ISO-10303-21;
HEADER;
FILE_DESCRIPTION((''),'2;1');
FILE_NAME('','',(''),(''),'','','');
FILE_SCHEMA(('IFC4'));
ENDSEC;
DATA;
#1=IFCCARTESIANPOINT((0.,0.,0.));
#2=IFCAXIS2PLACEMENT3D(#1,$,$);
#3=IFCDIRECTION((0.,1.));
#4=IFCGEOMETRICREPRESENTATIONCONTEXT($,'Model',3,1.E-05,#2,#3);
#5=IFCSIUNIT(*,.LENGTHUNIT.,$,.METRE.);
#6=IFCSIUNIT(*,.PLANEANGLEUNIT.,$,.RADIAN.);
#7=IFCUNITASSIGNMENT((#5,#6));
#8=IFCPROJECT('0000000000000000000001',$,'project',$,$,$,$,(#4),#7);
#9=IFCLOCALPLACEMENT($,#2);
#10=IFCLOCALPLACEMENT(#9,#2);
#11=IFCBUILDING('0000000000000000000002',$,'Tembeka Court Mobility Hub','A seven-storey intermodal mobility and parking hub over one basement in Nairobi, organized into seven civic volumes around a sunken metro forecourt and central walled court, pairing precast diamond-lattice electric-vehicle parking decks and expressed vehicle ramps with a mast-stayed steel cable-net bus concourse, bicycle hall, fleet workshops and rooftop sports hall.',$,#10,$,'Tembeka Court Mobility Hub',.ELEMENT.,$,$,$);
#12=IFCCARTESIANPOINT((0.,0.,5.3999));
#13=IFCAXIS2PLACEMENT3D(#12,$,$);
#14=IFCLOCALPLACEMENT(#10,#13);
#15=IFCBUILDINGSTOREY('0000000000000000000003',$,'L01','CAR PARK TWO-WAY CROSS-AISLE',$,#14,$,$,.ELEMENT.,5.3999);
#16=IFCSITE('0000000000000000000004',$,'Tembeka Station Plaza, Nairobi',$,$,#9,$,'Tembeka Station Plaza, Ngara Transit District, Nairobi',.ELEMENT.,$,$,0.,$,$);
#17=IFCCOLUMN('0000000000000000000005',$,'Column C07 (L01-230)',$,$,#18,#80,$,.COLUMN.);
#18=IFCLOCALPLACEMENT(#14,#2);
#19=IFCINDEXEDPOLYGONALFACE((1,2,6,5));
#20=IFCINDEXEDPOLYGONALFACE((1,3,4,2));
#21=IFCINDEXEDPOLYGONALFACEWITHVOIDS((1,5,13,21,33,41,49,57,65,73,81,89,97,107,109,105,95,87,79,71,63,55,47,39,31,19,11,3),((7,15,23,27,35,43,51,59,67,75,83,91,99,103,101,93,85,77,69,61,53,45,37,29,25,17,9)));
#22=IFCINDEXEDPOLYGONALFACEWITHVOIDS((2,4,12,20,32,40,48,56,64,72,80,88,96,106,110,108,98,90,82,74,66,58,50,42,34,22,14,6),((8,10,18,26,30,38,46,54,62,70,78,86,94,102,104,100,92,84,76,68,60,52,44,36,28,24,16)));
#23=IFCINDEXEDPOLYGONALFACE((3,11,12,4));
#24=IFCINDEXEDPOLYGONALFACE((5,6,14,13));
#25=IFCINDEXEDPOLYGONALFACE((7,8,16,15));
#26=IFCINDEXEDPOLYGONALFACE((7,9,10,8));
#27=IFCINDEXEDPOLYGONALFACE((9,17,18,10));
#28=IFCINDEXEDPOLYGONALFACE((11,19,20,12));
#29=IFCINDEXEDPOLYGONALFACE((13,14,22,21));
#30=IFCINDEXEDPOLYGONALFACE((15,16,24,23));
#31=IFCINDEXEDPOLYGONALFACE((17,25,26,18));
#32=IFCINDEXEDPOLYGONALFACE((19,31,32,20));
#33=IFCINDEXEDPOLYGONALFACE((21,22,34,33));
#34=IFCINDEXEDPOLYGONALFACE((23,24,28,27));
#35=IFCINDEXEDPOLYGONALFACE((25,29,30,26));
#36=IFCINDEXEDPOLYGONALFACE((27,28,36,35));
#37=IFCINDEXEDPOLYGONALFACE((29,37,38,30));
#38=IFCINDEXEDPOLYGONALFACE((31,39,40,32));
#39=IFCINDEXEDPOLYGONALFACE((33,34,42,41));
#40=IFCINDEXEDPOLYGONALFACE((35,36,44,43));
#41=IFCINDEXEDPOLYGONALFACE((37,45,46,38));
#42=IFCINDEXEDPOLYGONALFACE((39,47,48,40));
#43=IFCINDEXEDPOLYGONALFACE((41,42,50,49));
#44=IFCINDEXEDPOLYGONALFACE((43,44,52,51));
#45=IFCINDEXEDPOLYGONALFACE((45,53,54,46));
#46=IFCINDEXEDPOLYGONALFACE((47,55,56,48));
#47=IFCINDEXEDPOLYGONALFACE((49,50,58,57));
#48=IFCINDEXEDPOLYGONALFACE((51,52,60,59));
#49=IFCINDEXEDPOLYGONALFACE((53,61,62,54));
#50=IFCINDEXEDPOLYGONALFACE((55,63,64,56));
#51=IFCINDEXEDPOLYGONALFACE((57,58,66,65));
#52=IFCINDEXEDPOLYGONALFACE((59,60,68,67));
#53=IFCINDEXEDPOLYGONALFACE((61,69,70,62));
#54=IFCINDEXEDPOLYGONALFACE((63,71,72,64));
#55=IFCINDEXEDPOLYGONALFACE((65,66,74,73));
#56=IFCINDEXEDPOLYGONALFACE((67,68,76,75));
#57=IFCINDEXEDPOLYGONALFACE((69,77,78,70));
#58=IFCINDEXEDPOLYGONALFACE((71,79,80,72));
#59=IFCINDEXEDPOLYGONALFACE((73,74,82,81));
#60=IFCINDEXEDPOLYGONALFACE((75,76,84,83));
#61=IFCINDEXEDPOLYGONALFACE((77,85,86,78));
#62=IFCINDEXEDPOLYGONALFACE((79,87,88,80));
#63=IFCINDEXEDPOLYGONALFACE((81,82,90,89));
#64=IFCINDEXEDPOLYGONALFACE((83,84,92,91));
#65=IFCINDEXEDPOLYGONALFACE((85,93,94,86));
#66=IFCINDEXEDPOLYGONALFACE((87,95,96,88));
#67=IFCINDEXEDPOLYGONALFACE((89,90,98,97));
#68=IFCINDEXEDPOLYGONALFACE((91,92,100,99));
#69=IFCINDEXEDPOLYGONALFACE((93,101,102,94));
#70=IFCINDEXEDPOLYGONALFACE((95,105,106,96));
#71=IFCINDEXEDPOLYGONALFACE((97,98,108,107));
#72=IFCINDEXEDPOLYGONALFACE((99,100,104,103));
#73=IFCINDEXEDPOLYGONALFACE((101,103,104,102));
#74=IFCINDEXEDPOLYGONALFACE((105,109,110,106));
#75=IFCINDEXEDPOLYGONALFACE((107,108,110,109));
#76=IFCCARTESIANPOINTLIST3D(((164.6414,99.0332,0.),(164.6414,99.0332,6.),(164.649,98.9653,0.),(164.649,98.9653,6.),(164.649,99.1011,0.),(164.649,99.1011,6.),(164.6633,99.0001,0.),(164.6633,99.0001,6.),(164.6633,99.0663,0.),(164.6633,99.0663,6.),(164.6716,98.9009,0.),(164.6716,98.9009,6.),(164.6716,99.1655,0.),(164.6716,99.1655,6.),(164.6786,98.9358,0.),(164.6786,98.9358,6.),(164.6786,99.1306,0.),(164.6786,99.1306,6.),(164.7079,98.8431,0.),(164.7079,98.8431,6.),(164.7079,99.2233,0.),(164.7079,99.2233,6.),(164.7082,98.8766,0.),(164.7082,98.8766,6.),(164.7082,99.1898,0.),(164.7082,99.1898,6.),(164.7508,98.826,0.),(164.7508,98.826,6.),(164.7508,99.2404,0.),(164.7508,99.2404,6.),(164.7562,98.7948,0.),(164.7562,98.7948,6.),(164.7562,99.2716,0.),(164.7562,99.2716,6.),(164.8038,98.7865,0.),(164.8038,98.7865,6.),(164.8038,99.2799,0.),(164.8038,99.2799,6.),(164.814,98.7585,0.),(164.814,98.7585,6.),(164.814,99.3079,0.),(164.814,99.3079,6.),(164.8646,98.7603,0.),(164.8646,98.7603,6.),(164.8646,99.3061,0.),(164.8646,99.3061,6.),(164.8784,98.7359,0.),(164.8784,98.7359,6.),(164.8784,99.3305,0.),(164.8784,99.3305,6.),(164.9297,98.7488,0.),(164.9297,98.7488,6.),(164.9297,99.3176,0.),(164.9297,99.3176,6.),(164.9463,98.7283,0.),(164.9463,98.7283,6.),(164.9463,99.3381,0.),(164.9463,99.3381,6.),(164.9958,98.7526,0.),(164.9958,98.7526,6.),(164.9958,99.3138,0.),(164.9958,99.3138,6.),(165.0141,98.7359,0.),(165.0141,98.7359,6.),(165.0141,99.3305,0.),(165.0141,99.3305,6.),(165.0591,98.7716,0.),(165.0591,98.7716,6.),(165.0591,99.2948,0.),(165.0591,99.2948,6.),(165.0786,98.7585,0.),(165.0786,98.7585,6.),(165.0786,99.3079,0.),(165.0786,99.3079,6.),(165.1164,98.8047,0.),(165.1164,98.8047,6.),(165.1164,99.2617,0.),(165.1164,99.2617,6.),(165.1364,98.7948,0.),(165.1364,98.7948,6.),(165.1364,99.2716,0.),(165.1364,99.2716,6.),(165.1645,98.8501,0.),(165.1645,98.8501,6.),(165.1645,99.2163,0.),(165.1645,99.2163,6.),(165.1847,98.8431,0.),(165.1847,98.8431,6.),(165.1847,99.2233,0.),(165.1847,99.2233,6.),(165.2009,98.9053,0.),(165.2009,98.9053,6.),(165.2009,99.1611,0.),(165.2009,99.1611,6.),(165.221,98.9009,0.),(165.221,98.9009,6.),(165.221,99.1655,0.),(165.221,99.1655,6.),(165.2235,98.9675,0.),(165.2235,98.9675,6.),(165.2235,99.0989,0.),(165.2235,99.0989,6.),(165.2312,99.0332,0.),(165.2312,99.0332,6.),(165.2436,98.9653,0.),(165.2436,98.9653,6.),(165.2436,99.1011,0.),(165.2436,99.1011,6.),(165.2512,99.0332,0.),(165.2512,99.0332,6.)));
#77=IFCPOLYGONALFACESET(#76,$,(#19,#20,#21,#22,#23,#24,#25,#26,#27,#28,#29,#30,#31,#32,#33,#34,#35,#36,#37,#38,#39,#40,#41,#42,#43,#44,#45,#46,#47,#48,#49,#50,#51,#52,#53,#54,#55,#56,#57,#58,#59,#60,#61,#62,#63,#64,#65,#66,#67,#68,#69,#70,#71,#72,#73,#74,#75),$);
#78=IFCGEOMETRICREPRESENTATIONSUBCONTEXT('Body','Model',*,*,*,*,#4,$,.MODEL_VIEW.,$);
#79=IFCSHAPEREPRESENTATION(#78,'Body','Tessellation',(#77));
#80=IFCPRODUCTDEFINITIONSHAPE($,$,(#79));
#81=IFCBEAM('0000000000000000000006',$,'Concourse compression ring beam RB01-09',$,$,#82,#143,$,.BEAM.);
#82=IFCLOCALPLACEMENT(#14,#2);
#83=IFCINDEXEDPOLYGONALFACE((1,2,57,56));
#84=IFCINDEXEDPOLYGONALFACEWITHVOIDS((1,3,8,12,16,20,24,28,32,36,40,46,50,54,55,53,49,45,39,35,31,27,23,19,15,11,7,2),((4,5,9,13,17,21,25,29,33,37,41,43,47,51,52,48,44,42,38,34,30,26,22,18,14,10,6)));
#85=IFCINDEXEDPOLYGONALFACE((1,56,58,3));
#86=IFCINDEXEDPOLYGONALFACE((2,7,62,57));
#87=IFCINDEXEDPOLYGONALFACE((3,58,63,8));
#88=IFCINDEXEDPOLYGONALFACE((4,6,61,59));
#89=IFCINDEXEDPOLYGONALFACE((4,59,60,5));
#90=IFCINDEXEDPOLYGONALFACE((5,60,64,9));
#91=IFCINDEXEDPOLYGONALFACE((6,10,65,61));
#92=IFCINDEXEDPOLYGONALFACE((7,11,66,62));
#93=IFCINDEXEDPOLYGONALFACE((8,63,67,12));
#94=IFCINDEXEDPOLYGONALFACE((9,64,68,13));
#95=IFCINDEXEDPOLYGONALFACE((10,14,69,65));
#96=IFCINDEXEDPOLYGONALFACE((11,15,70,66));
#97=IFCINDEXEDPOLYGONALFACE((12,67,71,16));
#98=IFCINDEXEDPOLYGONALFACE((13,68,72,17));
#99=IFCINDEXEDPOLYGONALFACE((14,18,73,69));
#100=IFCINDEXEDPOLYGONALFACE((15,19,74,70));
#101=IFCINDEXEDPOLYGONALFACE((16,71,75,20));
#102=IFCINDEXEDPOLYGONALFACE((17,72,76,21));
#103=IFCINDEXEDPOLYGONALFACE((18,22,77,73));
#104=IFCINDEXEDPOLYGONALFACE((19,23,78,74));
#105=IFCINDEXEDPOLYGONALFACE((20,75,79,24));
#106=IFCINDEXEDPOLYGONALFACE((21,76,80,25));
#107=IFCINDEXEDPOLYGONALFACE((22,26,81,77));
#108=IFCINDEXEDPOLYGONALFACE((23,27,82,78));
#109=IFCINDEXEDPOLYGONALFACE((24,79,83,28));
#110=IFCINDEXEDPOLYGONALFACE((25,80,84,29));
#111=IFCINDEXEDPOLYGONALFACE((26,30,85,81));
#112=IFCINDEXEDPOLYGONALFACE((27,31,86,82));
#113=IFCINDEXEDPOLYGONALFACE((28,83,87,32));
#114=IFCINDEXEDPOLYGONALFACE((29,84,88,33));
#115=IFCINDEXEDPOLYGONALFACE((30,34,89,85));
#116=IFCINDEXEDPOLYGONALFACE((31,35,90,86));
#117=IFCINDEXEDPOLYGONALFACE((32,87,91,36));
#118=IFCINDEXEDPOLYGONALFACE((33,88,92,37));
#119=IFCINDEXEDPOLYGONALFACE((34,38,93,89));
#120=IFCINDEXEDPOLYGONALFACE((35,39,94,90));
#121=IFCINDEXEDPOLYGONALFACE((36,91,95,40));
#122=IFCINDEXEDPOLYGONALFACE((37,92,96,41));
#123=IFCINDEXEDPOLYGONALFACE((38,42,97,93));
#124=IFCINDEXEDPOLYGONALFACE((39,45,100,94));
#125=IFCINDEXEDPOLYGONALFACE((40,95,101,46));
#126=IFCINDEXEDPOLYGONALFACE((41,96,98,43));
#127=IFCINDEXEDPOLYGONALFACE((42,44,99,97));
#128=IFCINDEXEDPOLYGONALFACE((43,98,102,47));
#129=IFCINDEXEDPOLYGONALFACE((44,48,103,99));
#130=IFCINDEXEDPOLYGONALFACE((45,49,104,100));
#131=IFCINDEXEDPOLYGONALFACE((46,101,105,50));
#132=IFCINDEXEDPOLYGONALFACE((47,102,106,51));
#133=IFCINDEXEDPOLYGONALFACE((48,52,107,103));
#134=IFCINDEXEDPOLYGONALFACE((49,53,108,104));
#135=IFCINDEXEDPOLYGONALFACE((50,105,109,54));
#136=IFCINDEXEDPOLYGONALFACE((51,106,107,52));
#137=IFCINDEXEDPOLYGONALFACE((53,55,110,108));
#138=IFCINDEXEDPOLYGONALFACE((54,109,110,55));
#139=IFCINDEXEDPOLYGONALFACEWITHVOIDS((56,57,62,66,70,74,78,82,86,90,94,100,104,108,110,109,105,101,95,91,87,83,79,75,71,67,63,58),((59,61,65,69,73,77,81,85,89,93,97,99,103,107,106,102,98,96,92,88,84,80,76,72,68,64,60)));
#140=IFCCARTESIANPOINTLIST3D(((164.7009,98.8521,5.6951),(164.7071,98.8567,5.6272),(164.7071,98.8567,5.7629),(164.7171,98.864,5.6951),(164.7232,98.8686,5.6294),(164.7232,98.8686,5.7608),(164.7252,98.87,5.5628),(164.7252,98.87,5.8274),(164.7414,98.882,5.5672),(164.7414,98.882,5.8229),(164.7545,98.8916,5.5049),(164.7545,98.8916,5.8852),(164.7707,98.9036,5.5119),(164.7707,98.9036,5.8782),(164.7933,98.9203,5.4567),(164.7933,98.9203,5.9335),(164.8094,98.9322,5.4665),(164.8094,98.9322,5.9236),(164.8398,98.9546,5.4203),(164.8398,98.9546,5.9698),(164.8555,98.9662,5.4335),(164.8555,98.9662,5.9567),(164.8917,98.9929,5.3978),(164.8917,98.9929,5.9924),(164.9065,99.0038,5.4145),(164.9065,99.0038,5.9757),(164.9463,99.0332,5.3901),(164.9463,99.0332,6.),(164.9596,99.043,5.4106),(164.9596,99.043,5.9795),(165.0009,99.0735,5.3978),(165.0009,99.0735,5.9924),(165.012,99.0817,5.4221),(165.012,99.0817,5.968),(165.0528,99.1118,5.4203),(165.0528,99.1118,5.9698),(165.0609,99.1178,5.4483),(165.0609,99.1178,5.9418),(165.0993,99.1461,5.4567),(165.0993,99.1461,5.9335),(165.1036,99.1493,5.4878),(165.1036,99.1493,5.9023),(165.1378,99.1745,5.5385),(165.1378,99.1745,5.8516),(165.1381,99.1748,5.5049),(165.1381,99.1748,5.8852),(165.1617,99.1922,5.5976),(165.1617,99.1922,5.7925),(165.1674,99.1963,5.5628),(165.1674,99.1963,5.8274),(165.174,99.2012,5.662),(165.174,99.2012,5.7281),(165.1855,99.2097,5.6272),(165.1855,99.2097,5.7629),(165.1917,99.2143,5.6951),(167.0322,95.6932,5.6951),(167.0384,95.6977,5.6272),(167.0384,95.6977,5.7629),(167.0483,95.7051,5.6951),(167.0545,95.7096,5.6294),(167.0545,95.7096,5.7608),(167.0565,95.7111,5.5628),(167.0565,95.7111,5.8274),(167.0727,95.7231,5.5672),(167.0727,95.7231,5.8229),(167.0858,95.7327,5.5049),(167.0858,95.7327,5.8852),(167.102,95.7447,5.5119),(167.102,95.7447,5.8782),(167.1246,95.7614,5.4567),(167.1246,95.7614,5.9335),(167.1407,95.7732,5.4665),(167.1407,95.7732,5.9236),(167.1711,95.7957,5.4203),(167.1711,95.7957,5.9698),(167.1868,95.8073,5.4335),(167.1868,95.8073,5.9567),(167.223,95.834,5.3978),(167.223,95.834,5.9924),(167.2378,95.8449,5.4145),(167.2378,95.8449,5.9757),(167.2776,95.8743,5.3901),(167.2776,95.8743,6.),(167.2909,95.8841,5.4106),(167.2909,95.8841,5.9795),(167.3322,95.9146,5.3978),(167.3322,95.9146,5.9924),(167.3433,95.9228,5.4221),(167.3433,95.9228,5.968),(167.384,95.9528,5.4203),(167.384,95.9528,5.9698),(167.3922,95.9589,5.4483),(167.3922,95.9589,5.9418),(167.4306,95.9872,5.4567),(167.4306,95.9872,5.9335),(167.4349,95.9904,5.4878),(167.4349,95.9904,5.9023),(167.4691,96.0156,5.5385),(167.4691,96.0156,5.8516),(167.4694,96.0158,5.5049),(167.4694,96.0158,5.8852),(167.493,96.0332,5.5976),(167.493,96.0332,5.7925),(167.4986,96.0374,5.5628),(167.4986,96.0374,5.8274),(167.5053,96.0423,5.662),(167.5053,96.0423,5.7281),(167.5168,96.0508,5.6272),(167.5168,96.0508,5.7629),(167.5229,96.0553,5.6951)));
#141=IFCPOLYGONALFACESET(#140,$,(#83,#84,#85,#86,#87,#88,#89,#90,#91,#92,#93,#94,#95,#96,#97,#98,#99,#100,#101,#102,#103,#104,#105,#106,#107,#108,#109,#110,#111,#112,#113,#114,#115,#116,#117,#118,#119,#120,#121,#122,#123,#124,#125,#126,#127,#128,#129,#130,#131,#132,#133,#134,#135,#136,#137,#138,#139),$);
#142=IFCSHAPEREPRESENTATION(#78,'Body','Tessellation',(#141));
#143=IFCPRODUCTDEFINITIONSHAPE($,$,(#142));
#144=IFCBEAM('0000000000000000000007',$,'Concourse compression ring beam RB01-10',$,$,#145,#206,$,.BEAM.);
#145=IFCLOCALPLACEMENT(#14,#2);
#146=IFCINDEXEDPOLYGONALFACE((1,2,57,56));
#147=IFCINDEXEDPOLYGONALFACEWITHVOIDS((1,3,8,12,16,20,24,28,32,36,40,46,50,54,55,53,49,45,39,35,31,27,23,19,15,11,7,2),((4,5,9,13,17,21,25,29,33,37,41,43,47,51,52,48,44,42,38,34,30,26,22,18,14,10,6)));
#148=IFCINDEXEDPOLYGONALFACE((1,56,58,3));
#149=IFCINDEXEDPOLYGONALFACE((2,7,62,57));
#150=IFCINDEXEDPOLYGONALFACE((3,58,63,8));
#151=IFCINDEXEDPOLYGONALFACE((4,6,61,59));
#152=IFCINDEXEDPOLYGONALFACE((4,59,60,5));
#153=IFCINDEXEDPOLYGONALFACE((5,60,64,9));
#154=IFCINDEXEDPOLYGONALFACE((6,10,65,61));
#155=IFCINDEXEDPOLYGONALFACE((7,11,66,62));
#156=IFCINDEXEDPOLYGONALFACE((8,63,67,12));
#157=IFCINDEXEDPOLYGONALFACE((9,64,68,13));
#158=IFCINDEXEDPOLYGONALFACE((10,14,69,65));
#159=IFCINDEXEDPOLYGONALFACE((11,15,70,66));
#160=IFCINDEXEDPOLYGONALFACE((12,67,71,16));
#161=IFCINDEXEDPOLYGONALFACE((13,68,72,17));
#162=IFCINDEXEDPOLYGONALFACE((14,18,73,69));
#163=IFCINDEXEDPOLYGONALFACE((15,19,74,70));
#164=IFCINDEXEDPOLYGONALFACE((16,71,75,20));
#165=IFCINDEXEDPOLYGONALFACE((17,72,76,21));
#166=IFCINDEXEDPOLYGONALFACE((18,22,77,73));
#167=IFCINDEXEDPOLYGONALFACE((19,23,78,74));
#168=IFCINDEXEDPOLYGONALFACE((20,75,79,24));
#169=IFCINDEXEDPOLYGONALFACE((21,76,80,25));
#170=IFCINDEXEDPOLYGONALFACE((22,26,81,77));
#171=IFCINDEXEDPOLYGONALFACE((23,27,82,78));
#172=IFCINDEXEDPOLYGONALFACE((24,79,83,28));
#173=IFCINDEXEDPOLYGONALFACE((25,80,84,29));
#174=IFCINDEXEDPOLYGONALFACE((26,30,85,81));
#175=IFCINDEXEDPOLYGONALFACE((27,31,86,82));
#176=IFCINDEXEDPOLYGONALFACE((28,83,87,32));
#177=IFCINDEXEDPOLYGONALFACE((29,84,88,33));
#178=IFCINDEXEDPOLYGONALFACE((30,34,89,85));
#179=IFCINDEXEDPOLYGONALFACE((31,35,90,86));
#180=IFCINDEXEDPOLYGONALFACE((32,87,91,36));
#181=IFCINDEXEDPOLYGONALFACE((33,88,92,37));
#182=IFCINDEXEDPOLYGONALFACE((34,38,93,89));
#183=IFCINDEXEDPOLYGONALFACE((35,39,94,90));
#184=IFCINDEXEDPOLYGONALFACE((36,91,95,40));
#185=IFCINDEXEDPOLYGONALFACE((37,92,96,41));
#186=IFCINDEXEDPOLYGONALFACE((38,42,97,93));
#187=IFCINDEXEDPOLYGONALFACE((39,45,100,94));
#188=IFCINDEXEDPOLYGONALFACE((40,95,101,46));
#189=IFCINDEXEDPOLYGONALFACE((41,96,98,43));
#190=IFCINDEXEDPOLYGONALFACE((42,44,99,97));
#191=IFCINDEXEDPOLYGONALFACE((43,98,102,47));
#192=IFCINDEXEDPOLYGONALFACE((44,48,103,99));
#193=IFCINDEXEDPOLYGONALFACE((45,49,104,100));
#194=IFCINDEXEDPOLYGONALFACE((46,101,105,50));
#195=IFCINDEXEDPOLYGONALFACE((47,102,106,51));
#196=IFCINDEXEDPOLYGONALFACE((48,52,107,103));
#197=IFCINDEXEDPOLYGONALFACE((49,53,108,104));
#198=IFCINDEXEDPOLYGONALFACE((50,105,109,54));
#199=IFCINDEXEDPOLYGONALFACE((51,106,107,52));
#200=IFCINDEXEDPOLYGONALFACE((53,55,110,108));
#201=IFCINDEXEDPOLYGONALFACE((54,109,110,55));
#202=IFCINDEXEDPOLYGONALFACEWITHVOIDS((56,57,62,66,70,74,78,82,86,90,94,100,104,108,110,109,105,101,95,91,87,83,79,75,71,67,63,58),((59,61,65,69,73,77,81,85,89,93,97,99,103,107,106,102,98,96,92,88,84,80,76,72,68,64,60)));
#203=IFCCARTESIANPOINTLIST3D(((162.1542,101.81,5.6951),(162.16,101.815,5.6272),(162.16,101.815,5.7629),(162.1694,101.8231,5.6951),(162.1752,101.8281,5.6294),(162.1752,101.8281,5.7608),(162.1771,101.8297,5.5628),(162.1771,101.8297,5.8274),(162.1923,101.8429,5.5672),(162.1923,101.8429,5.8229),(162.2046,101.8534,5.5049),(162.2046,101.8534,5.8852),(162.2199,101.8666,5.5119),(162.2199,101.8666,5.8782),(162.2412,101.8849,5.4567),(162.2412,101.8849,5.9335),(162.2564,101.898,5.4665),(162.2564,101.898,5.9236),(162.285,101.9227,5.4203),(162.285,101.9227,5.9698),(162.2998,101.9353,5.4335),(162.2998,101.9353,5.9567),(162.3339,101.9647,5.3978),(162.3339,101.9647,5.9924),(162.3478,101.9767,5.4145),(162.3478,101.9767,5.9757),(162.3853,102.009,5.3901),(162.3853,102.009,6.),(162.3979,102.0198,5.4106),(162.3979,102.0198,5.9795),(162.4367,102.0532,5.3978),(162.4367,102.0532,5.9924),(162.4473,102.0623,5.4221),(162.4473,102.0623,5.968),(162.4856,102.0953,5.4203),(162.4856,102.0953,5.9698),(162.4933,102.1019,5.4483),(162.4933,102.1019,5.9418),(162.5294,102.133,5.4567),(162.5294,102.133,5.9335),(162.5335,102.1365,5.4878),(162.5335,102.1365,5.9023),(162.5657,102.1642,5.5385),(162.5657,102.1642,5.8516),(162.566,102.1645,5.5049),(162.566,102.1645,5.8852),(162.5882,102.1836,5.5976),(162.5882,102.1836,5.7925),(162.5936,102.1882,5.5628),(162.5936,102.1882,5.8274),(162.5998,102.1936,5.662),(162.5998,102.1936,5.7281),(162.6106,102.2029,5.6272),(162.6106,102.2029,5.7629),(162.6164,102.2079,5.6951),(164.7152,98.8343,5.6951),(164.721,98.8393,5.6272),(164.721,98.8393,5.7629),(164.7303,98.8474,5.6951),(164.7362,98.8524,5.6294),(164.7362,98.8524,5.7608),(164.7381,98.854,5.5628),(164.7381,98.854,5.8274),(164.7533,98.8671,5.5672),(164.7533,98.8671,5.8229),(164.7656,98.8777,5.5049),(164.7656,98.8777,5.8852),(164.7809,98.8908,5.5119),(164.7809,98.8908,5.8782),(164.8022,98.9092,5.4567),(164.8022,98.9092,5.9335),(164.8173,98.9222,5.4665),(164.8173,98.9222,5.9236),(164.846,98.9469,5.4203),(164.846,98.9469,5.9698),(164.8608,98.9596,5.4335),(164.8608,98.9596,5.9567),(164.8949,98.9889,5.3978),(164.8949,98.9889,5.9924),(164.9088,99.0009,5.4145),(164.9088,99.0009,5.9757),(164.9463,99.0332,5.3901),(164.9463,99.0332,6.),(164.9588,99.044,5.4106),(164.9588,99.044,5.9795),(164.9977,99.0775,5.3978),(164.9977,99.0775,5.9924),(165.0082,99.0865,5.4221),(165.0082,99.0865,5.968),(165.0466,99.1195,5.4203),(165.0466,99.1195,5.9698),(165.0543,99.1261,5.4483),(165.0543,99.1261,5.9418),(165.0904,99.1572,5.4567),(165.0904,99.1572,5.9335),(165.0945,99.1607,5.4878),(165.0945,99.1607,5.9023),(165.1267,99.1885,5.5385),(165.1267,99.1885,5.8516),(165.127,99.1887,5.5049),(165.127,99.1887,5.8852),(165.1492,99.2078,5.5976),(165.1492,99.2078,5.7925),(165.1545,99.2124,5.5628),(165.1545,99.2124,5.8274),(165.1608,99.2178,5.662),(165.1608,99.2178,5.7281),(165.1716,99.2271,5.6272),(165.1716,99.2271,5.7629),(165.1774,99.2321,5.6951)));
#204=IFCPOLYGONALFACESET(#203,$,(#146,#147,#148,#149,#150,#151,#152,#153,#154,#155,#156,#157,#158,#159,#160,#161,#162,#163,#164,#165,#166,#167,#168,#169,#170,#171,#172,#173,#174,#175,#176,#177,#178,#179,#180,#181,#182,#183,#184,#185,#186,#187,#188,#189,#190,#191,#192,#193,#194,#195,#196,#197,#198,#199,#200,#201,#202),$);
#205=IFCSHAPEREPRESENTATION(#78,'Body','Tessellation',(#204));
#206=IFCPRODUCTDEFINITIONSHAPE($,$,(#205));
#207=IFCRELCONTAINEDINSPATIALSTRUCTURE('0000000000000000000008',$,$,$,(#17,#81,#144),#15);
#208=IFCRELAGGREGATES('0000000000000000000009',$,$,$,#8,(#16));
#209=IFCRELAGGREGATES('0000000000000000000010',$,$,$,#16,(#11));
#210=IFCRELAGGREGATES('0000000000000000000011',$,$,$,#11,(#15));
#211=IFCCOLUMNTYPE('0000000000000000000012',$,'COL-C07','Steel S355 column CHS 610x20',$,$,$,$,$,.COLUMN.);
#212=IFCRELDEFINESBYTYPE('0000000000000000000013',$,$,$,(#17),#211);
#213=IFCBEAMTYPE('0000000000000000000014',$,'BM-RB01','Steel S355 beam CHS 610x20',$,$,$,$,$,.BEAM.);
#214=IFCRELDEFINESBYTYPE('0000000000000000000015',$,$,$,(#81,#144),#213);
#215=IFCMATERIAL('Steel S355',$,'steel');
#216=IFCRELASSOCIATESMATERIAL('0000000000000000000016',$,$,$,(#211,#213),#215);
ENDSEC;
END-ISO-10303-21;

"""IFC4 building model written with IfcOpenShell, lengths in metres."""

from ifc_helpers import new_model, si_unit, direction, frame, origin, origin_2d, place, context, subcontext, project, spatial, hollow_circle, extrude, material, material_profile, profile_set, type_object, element, save


model = new_model("IFC4")

# Units and contexts
model_context = context("Model", 3, precision=1e-05, world=origin(), true_north=direction((0.0, 1.0)))
body_context = subcontext(model_context, "Body", "Model", "MODEL_VIEW")
ifc_project = project(units=[si_unit("LENGTHUNIT", "METRE"), si_unit("PLANEANGLEUNIT", "RADIAN")], contexts=[model_context])

# Site, building, storey
site_placement = place(None, origin())
site = spatial("IfcSite", under=ifc_project, at=site_placement, Name="Tembeka Station Plaza, Nairobi", LongName="Tembeka Station Plaza, Ngara Transit District, Nairobi", CompositionType="ELEMENT", RefElevation=0.0)
building_placement = place(site_placement, origin())
building = spatial("IfcBuilding", under=site, at=building_placement, Name="Tembeka Court Mobility Hub", Description="A seven-storey intermodal mobility and parking hub over one basement in Nairobi, organized into seven civic volumes around a sunken metro forecourt and central walled court, pairing precast diamond-lattice electric-vehicle parking decks and expressed vehicle ramps with a mast-stayed steel cable-net bus concourse, bicycle hall, fleet workshops and rooftop sports hall.", LongName="Tembeka Court Mobility Hub", CompositionType="ELEMENT")
storey_placement = place(building_placement, frame((0.0, 0.0, 5.3999)))
storey = spatial("IfcBuildingStorey", under=building, at=storey_placement, Name="L01", Description="CAR PARK TWO-WAY CROSS-AISLE", CompositionType="ELEMENT", Elevation=5.3999)

# Column
ifc_material_1 = material(Name="Steel S355", Category="steel")
ifc_material_profile_1 = material_profile(ifc_material_1, hollow_circle(Radius=0.3049, WallThickness=0.02, at=origin_2d()), Name="CHS 610x20")
ifc_profile_set_1 = profile_set([ifc_material_profile_1], Name="Steel S355")
column_type = type_object("IfcColumnType", Name="COL-C07", Description="Steel S355 column CHS 610x20", PredefinedType="COLUMN", material=ifc_profile_set_1)
column_placement = place(storey_placement, frame((164.9463, 99.0332, 0.0), z_axis=(0.0, 0.0, 1.0), x_axis=(1.0, 0.0, 0.0)))
element("IfcColumn", 1, at=column_placement, inside=storey, type_object=column_type, Name="Column C07 (L01-230)", PredefinedType="COLUMN", context=body_context, shape_type="SweptSolid", body=[
    extrude(hollow_circle(Radius=0.3049, WallThickness=0.02, at=origin_2d()), origin(), (0.0, 0.0, 1.0), 6.0),
])

# Beams
ifc_material_profile_2 = material_profile(ifc_material_1, hollow_circle(Radius=0.3049, WallThickness=0.02, at=origin_2d()), Name="CHS 610x20")
ifc_profile_set_2 = profile_set([ifc_material_profile_2], Name="Steel S355")
beam_type = type_object("IfcBeamType", Name="BM-RB01", Description="Steel S355 beam CHS 610x20", PredefinedType="BEAM", material=ifc_profile_set_2)
for number, where, z_axis, x_axis, name in (
    (2, (167.2776, 95.8743, 5.6951), (-0.593803, 0.80461, 0.0), (-0.80461, -0.593803, 0.0), "Concourse compression ring beam RB01-09"),
    (3, (164.9463, 99.0332, 5.6951), (-0.652306, 0.757956, 0.0), (-0.757956, -0.652306, 0.0), "Concourse compression ring beam RB01-10"),
):
    element("IfcBeam", number, at=place(storey_placement, frame(where, z_axis=z_axis, x_axis=x_axis)), inside=storey, type_object=beam_type, Name=name, PredefinedType="BEAM", context=body_context, shape_type="SweptSolid", body=[
        extrude(hollow_circle(Radius=0.3049, WallThickness=0.02, at=origin_2d()), origin(), (0.0, 0.0, 1.0), 3.926),
    ])

save(model, "model.ifc")
